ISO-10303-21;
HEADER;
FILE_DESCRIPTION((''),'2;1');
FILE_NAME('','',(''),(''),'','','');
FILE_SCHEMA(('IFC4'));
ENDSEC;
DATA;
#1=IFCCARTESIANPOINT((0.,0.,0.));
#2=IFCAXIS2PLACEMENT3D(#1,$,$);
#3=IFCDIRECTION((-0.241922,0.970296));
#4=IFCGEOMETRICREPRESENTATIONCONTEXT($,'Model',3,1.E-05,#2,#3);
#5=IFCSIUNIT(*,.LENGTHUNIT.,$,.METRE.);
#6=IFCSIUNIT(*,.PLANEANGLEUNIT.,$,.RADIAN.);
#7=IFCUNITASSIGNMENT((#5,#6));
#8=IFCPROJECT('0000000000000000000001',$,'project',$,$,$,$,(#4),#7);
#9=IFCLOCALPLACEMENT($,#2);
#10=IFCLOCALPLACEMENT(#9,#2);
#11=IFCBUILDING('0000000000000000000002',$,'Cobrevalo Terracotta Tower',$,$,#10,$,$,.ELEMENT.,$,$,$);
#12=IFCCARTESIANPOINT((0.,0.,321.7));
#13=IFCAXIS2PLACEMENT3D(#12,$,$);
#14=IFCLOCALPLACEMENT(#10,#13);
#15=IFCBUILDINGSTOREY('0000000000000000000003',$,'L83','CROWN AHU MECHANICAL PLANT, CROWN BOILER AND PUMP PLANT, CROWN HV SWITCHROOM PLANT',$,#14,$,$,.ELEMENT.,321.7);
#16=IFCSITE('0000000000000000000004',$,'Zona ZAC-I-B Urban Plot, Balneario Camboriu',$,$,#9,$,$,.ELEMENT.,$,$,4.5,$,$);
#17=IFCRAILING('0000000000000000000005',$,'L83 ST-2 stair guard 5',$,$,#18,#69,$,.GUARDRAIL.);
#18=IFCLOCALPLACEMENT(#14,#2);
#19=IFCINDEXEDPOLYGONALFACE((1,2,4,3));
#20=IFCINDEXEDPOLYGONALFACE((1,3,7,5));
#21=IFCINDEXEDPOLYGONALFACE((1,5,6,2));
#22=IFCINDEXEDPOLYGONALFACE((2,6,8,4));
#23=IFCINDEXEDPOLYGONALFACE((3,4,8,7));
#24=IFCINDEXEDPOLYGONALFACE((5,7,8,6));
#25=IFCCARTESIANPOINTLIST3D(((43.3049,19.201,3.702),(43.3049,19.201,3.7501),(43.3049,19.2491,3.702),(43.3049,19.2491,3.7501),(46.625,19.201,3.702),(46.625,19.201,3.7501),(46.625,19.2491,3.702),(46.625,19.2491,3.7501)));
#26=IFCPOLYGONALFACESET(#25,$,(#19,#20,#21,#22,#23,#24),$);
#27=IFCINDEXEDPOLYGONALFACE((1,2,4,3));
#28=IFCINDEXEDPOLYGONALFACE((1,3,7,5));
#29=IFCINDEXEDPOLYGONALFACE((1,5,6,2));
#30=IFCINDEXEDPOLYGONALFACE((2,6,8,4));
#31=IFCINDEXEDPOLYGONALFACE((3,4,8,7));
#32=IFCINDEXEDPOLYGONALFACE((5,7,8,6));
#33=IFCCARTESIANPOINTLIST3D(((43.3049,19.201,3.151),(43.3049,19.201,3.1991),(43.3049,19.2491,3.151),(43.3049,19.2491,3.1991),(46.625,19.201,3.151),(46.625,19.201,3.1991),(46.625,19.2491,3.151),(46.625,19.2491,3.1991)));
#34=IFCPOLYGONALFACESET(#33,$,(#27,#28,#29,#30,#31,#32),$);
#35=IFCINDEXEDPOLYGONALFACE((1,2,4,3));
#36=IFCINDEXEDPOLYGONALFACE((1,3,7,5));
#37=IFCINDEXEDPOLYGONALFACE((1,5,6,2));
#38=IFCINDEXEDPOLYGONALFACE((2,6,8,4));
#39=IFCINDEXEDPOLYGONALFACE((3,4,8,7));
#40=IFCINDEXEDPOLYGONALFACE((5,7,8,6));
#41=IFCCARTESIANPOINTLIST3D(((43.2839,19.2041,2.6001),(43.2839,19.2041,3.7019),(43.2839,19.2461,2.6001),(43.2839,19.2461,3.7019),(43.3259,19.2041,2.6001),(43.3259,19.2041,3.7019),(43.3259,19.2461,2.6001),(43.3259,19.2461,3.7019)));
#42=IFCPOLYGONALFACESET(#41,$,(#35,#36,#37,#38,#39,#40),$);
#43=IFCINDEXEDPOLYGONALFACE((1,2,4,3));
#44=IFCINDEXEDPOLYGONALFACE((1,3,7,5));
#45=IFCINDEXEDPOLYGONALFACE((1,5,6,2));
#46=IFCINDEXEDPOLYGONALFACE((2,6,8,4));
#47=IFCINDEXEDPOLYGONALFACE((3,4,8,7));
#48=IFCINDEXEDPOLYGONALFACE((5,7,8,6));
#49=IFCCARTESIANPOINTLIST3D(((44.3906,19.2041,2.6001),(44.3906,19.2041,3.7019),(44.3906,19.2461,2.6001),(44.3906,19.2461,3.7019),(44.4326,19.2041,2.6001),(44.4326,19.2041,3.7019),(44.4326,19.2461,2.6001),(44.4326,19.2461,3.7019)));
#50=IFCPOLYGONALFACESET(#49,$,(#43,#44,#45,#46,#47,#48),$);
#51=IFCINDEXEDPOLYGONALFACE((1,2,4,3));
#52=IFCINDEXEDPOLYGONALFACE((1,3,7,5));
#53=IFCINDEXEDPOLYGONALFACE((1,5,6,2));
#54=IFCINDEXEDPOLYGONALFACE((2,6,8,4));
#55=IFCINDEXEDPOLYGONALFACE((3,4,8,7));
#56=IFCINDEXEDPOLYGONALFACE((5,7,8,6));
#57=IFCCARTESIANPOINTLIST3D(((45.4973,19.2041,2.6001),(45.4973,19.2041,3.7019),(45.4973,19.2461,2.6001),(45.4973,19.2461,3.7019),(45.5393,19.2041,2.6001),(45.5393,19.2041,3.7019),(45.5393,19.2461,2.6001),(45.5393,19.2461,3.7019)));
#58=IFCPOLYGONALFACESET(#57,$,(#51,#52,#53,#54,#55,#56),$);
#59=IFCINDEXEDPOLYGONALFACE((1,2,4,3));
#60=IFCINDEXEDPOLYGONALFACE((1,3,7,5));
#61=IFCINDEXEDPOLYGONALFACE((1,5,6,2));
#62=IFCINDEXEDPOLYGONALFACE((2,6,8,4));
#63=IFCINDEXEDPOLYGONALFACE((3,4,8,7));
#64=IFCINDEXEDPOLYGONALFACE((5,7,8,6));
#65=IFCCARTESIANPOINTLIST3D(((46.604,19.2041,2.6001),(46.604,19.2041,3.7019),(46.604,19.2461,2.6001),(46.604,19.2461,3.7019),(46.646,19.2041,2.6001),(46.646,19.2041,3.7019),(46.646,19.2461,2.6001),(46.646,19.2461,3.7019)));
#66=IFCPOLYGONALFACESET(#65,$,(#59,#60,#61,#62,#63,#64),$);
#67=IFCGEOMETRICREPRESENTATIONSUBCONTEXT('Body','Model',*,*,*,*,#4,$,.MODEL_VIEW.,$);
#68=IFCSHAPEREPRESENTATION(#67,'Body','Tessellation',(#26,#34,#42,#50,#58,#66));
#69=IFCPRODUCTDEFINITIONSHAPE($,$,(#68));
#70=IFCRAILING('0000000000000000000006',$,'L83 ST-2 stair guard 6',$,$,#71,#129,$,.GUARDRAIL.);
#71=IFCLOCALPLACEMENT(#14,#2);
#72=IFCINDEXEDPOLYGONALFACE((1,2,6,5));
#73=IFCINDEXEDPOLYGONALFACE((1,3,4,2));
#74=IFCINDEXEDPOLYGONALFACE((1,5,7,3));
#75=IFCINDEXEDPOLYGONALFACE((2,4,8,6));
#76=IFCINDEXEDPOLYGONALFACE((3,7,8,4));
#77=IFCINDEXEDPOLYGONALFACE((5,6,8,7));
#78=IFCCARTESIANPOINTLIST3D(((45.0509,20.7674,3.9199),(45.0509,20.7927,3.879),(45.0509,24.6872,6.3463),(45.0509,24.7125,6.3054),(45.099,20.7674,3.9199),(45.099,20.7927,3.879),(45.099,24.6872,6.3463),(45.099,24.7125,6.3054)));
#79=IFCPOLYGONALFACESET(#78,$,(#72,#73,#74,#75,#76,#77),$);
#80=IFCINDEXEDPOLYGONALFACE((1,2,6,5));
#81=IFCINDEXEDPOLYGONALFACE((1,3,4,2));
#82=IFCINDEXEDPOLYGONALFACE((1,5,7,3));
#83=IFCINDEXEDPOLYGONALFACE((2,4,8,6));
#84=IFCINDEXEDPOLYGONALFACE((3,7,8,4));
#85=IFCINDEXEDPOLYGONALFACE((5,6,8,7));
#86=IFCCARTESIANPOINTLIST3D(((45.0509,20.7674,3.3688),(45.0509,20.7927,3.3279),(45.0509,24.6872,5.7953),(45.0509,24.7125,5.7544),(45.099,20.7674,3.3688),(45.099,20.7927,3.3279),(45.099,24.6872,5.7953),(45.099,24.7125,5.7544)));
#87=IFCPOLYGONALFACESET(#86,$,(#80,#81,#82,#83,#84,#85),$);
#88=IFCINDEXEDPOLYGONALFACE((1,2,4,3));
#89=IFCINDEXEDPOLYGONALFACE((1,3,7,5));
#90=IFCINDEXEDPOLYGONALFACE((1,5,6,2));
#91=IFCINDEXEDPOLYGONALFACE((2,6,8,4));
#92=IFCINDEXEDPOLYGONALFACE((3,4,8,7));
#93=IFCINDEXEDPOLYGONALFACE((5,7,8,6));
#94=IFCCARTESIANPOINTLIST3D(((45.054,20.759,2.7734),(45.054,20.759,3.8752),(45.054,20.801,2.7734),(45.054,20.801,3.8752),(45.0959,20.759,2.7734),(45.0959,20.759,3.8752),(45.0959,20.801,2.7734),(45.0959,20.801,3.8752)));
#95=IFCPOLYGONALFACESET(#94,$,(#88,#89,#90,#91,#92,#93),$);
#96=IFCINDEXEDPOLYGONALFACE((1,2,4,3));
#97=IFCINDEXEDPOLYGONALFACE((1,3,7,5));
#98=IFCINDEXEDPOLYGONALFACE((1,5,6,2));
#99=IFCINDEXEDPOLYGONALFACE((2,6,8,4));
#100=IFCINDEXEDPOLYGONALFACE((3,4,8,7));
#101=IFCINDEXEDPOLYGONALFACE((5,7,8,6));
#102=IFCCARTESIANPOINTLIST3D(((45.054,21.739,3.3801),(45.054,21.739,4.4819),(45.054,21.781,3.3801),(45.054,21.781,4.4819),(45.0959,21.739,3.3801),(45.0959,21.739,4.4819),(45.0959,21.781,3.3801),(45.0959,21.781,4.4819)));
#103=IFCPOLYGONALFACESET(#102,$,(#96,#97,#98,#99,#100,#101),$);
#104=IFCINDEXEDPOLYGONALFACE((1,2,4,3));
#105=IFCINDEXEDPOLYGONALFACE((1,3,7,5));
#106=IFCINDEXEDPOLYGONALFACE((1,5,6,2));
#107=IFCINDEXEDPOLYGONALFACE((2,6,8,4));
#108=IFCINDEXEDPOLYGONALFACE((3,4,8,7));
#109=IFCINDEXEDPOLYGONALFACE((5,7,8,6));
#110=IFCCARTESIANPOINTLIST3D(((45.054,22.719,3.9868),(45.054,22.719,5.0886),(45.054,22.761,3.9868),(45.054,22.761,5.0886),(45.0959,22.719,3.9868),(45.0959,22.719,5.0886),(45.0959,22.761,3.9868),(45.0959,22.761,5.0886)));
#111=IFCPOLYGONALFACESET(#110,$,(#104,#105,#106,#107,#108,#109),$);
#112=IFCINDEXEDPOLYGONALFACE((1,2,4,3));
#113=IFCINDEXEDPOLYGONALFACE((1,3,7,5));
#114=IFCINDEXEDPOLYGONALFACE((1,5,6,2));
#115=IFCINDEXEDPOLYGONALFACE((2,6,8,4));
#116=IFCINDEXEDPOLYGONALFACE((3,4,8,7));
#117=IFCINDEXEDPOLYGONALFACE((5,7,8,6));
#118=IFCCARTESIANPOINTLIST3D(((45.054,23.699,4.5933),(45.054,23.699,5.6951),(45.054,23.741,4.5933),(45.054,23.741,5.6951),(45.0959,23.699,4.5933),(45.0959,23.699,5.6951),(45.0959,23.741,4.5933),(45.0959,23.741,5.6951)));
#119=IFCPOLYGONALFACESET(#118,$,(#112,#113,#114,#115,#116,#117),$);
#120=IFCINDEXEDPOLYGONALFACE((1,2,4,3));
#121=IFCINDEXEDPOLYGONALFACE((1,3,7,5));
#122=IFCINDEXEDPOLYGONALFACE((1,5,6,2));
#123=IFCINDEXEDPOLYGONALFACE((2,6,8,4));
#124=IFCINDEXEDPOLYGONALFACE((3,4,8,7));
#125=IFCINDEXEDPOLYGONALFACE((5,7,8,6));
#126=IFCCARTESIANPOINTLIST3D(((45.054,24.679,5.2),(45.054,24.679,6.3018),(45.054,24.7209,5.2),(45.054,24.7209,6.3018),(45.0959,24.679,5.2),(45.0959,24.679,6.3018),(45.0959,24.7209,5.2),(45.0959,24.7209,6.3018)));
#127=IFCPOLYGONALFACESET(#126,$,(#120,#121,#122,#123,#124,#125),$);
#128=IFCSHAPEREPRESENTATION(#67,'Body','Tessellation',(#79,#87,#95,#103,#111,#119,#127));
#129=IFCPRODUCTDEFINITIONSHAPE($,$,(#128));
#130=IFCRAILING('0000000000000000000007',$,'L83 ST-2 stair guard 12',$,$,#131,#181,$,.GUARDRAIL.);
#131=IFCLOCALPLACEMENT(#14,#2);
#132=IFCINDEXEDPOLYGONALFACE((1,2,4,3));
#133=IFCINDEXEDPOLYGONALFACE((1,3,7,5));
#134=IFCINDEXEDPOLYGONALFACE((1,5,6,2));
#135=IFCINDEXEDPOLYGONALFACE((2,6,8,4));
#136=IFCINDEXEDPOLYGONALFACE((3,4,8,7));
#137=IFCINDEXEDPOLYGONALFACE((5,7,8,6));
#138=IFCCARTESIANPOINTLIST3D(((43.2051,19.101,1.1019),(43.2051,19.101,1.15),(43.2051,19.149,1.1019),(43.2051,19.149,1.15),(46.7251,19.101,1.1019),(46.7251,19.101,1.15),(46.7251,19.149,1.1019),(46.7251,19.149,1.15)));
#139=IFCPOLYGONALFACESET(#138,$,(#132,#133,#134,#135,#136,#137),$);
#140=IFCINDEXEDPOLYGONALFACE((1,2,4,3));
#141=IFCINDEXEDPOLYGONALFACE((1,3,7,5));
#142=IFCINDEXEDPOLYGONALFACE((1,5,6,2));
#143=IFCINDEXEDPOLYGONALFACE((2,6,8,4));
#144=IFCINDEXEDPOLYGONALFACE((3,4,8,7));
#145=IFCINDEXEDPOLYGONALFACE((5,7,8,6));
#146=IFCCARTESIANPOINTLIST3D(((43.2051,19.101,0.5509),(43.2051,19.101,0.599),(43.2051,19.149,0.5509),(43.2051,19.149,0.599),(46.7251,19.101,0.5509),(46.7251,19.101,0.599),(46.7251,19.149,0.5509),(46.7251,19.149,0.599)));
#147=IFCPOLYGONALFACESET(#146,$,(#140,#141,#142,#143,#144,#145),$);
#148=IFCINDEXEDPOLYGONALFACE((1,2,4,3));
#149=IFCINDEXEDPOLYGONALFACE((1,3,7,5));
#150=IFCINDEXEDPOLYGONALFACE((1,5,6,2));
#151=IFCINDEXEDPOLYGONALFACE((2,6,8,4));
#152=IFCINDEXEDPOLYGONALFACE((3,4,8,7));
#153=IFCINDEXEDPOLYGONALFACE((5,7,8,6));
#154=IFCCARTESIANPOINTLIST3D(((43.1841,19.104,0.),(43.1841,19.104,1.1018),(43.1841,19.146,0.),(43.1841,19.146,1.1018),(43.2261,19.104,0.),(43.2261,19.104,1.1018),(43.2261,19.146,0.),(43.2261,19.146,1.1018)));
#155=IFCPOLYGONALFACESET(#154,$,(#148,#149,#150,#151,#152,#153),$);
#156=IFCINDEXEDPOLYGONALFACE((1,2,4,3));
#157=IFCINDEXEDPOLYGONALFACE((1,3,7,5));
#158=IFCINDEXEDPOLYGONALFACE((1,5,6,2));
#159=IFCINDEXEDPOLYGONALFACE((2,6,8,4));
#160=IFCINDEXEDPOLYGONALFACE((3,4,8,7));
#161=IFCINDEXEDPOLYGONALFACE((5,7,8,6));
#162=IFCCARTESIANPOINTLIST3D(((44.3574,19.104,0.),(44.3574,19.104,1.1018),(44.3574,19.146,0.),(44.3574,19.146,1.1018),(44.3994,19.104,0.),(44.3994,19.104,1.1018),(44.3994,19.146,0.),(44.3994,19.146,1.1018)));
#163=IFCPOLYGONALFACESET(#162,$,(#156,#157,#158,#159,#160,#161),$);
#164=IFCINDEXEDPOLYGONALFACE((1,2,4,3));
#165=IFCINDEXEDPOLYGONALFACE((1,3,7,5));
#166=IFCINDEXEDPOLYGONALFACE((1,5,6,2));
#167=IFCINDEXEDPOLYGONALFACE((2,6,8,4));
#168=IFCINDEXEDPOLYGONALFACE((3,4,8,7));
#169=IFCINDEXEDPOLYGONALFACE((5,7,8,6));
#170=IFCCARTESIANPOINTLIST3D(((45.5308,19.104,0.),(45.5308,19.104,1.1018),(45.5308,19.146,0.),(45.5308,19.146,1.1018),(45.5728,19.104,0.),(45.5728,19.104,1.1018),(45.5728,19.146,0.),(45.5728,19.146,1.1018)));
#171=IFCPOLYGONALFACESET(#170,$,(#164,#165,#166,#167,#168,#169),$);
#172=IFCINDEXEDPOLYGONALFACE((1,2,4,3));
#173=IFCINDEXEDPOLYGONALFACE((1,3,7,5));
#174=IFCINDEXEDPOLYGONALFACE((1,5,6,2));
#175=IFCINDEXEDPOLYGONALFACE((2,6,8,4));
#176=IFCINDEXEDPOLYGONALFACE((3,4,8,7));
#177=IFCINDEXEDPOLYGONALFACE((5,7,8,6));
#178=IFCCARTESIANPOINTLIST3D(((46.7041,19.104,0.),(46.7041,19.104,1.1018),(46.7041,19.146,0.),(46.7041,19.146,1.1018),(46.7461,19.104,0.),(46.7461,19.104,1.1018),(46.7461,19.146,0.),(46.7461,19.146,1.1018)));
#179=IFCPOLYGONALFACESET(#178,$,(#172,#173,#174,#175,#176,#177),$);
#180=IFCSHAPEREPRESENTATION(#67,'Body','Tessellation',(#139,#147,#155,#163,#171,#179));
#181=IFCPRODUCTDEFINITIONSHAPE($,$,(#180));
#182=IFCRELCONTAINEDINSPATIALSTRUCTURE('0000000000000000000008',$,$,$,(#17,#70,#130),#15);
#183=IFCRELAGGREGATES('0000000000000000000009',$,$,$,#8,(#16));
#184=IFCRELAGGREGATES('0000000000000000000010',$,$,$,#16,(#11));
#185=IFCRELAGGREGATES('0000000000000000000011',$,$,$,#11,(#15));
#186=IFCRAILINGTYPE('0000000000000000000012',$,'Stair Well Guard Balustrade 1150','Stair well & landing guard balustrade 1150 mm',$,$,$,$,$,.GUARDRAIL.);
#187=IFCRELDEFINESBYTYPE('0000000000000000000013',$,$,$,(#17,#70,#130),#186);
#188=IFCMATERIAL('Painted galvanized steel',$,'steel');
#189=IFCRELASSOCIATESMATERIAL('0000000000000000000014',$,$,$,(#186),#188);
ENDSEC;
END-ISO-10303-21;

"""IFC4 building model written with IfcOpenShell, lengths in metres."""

from ifc_helpers import new_model, si_unit, direction, frame, origin, origin_2d, place, context, subcontext, project, spatial, rectangle, extrude, material, type_object, element, save


model = new_model("IFC4")

# Units and contexts
model_context = context("Model", 3, precision=1e-05, world=origin(), true_north=direction((-0.241922, 0.970296)))
body_context = subcontext(model_context, "Body", "Model", "MODEL_VIEW")
ifc_project = project(units=[si_unit("LENGTHUNIT", "METRE"), si_unit("PLANEANGLEUNIT", "RADIAN")], contexts=[model_context])

# Site, building, storey
site_placement = place(None, origin())
site = spatial("IfcSite", under=ifc_project, at=site_placement, Name="Zona ZAC-I-B Urban Plot, Balneario Camboriu", CompositionType="ELEMENT", RefElevation=4.5)
building_placement = place(site_placement, origin())
building = spatial("IfcBuilding", under=site, at=building_placement, Name="Cobrevalo Terracotta Tower", CompositionType="ELEMENT")
storey_placement = place(building_placement, frame((0.0, 0.0, 321.7)))
storey = spatial("IfcBuildingStorey", under=building, at=storey_placement, Name="L83", Description="CROWN AHU MECHANICAL PLANT, CROWN BOILER AND PUMP PLANT, CROWN HV SWITCHROOM PLANT", CompositionType="ELEMENT", Elevation=321.7)

# Railings
ifc_material_1 = material(Name="Painted galvanized steel", Category="steel")
railing_type_1 = type_object("IfcRailingType", Name="Stair Well Guard Balustrade 1150", Description="Stair well & landing guard balustrade 1150 mm", PredefinedType="GUARDRAIL", material=ifc_material_1)
railing_1_placement = place(storey_placement, frame((43.3049, 19.2251, 2.6001)))
element("IfcRailing", 1, at=railing_1_placement, inside=storey, type_object=railing_type_1, Name="L83 ST-2 stair guard 5", PredefinedType="GUARDRAIL", context=body_context, shape_type="SweptSolid", body=[
    extrude(rectangle(XDim=0.0481, YDim=0.0481, at=origin_2d()), frame((0.0, 0.0, 1.126), z_axis=(1.0, 0.0, 0.0), x_axis=(0.0, 1.0, 0.0)), (0.0, 0.0, 1.0), 3.3201),
    extrude(rectangle(XDim=0.0481, YDim=0.0481, at=origin_2d()), frame((0.0, 0.0, 0.575), z_axis=(1.0, 0.0, 0.0), x_axis=(0.0, 1.0, 0.0)), (0.0, 0.0, 1.0), 3.3201),
    extrude(rectangle(XDim=0.042, YDim=0.042, at=origin_2d()), origin(), (0.0, 0.0, 1.0), 1.1018),
    extrude(rectangle(XDim=0.042, YDim=0.042, at=origin_2d()), frame((1.1067, 0.0, 0.0)), (0.0, 0.0, 1.0), 1.1018),
    extrude(rectangle(XDim=0.042, YDim=0.042, at=origin_2d()), frame((2.2134, 0.0, 0.0)), (0.0, 0.0, 1.0), 1.1018),
    extrude(rectangle(XDim=0.042, YDim=0.042, at=origin_2d()), frame((3.3201, 0.0, 0.0)), (0.0, 0.0, 1.0), 1.1018),
])
railing_2_placement = place(storey_placement, frame((45.075, 20.78, 2.7734)))
element("IfcRailing", 2, at=railing_2_placement, inside=storey, type_object=railing_type_1, Name="L83 ST-2 stair guard 6", PredefinedType="GUARDRAIL", context=body_context, shape_type="SweptSolid", body=[
    extrude(rectangle(XDim=0.0481, YDim=0.0481, at=origin_2d()), frame((0.0, 0.0, 1.126), z_axis=(0.0, 0.850275, 0.526338), x_axis=(-1.0, 0.0, 0.0)), (0.0, 0.0, 1.0), 4.6101),
    extrude(rectangle(XDim=0.0481, YDim=0.0481, at=origin_2d()), frame((0.0, 0.0, 0.575), z_axis=(0.0, 0.850275, 0.526338), x_axis=(-1.0, 0.0, 0.0)), (0.0, 0.0, 1.0), 4.6101),
    extrude(rectangle(XDim=0.042, YDim=0.042, at=origin_2d()), origin(), (0.0, 0.0, 1.0), 1.1018),
    extrude(rectangle(XDim=0.042, YDim=0.042, at=origin_2d()), frame((0.0, 0.98, 0.6067)), (0.0, 0.0, 1.0), 1.1018),
    extrude(rectangle(XDim=0.042, YDim=0.042, at=origin_2d()), frame((0.0, 1.96, 1.2134)), (0.0, 0.0, 1.0), 1.1018),
    extrude(rectangle(XDim=0.042, YDim=0.042, at=origin_2d()), frame((0.0, 2.9399, 1.8198)), (0.0, 0.0, 1.0), 1.1018),
    extrude(rectangle(XDim=0.042, YDim=0.042, at=origin_2d()), frame((0.0, 3.9199, 2.4265)), (0.0, 0.0, 1.0), 1.1018),
])
railing_3_placement = place(storey_placement, frame((43.2051, 19.125, 0.0)))
element("IfcRailing", 3, at=railing_3_placement, inside=storey, type_object=railing_type_1, Name="L83 ST-2 stair guard 12", PredefinedType="GUARDRAIL", context=body_context, shape_type="SweptSolid", body=[
    extrude(rectangle(XDim=0.0481, YDim=0.0481, at=origin_2d()), frame((0.0, 0.0, 1.126), z_axis=(1.0, 0.0, 0.0), x_axis=(0.0, 1.0, 0.0)), (0.0, 0.0, 1.0), 3.52),
    extrude(rectangle(XDim=0.0481, YDim=0.0481, at=origin_2d()), frame((0.0, 0.0, 0.575), z_axis=(1.0, 0.0, 0.0), x_axis=(0.0, 1.0, 0.0)), (0.0, 0.0, 1.0), 3.52),
    extrude(rectangle(XDim=0.042, YDim=0.042, at=origin_2d()), origin(), (0.0, 0.0, 1.0), 1.1018),
    extrude(rectangle(XDim=0.042, YDim=0.042, at=origin_2d()), frame((1.1733, 0.0, 0.0)), (0.0, 0.0, 1.0), 1.1018),
    extrude(rectangle(XDim=0.042, YDim=0.042, at=origin_2d()), frame((2.3467, 0.0, 0.0)), (0.0, 0.0, 1.0), 1.1018),
    extrude(rectangle(XDim=0.042, YDim=0.042, at=origin_2d()), frame((3.52, 0.0, 0.0)), (0.0, 0.0, 1.0), 1.1018),
])

save(model, "model.ifc")
